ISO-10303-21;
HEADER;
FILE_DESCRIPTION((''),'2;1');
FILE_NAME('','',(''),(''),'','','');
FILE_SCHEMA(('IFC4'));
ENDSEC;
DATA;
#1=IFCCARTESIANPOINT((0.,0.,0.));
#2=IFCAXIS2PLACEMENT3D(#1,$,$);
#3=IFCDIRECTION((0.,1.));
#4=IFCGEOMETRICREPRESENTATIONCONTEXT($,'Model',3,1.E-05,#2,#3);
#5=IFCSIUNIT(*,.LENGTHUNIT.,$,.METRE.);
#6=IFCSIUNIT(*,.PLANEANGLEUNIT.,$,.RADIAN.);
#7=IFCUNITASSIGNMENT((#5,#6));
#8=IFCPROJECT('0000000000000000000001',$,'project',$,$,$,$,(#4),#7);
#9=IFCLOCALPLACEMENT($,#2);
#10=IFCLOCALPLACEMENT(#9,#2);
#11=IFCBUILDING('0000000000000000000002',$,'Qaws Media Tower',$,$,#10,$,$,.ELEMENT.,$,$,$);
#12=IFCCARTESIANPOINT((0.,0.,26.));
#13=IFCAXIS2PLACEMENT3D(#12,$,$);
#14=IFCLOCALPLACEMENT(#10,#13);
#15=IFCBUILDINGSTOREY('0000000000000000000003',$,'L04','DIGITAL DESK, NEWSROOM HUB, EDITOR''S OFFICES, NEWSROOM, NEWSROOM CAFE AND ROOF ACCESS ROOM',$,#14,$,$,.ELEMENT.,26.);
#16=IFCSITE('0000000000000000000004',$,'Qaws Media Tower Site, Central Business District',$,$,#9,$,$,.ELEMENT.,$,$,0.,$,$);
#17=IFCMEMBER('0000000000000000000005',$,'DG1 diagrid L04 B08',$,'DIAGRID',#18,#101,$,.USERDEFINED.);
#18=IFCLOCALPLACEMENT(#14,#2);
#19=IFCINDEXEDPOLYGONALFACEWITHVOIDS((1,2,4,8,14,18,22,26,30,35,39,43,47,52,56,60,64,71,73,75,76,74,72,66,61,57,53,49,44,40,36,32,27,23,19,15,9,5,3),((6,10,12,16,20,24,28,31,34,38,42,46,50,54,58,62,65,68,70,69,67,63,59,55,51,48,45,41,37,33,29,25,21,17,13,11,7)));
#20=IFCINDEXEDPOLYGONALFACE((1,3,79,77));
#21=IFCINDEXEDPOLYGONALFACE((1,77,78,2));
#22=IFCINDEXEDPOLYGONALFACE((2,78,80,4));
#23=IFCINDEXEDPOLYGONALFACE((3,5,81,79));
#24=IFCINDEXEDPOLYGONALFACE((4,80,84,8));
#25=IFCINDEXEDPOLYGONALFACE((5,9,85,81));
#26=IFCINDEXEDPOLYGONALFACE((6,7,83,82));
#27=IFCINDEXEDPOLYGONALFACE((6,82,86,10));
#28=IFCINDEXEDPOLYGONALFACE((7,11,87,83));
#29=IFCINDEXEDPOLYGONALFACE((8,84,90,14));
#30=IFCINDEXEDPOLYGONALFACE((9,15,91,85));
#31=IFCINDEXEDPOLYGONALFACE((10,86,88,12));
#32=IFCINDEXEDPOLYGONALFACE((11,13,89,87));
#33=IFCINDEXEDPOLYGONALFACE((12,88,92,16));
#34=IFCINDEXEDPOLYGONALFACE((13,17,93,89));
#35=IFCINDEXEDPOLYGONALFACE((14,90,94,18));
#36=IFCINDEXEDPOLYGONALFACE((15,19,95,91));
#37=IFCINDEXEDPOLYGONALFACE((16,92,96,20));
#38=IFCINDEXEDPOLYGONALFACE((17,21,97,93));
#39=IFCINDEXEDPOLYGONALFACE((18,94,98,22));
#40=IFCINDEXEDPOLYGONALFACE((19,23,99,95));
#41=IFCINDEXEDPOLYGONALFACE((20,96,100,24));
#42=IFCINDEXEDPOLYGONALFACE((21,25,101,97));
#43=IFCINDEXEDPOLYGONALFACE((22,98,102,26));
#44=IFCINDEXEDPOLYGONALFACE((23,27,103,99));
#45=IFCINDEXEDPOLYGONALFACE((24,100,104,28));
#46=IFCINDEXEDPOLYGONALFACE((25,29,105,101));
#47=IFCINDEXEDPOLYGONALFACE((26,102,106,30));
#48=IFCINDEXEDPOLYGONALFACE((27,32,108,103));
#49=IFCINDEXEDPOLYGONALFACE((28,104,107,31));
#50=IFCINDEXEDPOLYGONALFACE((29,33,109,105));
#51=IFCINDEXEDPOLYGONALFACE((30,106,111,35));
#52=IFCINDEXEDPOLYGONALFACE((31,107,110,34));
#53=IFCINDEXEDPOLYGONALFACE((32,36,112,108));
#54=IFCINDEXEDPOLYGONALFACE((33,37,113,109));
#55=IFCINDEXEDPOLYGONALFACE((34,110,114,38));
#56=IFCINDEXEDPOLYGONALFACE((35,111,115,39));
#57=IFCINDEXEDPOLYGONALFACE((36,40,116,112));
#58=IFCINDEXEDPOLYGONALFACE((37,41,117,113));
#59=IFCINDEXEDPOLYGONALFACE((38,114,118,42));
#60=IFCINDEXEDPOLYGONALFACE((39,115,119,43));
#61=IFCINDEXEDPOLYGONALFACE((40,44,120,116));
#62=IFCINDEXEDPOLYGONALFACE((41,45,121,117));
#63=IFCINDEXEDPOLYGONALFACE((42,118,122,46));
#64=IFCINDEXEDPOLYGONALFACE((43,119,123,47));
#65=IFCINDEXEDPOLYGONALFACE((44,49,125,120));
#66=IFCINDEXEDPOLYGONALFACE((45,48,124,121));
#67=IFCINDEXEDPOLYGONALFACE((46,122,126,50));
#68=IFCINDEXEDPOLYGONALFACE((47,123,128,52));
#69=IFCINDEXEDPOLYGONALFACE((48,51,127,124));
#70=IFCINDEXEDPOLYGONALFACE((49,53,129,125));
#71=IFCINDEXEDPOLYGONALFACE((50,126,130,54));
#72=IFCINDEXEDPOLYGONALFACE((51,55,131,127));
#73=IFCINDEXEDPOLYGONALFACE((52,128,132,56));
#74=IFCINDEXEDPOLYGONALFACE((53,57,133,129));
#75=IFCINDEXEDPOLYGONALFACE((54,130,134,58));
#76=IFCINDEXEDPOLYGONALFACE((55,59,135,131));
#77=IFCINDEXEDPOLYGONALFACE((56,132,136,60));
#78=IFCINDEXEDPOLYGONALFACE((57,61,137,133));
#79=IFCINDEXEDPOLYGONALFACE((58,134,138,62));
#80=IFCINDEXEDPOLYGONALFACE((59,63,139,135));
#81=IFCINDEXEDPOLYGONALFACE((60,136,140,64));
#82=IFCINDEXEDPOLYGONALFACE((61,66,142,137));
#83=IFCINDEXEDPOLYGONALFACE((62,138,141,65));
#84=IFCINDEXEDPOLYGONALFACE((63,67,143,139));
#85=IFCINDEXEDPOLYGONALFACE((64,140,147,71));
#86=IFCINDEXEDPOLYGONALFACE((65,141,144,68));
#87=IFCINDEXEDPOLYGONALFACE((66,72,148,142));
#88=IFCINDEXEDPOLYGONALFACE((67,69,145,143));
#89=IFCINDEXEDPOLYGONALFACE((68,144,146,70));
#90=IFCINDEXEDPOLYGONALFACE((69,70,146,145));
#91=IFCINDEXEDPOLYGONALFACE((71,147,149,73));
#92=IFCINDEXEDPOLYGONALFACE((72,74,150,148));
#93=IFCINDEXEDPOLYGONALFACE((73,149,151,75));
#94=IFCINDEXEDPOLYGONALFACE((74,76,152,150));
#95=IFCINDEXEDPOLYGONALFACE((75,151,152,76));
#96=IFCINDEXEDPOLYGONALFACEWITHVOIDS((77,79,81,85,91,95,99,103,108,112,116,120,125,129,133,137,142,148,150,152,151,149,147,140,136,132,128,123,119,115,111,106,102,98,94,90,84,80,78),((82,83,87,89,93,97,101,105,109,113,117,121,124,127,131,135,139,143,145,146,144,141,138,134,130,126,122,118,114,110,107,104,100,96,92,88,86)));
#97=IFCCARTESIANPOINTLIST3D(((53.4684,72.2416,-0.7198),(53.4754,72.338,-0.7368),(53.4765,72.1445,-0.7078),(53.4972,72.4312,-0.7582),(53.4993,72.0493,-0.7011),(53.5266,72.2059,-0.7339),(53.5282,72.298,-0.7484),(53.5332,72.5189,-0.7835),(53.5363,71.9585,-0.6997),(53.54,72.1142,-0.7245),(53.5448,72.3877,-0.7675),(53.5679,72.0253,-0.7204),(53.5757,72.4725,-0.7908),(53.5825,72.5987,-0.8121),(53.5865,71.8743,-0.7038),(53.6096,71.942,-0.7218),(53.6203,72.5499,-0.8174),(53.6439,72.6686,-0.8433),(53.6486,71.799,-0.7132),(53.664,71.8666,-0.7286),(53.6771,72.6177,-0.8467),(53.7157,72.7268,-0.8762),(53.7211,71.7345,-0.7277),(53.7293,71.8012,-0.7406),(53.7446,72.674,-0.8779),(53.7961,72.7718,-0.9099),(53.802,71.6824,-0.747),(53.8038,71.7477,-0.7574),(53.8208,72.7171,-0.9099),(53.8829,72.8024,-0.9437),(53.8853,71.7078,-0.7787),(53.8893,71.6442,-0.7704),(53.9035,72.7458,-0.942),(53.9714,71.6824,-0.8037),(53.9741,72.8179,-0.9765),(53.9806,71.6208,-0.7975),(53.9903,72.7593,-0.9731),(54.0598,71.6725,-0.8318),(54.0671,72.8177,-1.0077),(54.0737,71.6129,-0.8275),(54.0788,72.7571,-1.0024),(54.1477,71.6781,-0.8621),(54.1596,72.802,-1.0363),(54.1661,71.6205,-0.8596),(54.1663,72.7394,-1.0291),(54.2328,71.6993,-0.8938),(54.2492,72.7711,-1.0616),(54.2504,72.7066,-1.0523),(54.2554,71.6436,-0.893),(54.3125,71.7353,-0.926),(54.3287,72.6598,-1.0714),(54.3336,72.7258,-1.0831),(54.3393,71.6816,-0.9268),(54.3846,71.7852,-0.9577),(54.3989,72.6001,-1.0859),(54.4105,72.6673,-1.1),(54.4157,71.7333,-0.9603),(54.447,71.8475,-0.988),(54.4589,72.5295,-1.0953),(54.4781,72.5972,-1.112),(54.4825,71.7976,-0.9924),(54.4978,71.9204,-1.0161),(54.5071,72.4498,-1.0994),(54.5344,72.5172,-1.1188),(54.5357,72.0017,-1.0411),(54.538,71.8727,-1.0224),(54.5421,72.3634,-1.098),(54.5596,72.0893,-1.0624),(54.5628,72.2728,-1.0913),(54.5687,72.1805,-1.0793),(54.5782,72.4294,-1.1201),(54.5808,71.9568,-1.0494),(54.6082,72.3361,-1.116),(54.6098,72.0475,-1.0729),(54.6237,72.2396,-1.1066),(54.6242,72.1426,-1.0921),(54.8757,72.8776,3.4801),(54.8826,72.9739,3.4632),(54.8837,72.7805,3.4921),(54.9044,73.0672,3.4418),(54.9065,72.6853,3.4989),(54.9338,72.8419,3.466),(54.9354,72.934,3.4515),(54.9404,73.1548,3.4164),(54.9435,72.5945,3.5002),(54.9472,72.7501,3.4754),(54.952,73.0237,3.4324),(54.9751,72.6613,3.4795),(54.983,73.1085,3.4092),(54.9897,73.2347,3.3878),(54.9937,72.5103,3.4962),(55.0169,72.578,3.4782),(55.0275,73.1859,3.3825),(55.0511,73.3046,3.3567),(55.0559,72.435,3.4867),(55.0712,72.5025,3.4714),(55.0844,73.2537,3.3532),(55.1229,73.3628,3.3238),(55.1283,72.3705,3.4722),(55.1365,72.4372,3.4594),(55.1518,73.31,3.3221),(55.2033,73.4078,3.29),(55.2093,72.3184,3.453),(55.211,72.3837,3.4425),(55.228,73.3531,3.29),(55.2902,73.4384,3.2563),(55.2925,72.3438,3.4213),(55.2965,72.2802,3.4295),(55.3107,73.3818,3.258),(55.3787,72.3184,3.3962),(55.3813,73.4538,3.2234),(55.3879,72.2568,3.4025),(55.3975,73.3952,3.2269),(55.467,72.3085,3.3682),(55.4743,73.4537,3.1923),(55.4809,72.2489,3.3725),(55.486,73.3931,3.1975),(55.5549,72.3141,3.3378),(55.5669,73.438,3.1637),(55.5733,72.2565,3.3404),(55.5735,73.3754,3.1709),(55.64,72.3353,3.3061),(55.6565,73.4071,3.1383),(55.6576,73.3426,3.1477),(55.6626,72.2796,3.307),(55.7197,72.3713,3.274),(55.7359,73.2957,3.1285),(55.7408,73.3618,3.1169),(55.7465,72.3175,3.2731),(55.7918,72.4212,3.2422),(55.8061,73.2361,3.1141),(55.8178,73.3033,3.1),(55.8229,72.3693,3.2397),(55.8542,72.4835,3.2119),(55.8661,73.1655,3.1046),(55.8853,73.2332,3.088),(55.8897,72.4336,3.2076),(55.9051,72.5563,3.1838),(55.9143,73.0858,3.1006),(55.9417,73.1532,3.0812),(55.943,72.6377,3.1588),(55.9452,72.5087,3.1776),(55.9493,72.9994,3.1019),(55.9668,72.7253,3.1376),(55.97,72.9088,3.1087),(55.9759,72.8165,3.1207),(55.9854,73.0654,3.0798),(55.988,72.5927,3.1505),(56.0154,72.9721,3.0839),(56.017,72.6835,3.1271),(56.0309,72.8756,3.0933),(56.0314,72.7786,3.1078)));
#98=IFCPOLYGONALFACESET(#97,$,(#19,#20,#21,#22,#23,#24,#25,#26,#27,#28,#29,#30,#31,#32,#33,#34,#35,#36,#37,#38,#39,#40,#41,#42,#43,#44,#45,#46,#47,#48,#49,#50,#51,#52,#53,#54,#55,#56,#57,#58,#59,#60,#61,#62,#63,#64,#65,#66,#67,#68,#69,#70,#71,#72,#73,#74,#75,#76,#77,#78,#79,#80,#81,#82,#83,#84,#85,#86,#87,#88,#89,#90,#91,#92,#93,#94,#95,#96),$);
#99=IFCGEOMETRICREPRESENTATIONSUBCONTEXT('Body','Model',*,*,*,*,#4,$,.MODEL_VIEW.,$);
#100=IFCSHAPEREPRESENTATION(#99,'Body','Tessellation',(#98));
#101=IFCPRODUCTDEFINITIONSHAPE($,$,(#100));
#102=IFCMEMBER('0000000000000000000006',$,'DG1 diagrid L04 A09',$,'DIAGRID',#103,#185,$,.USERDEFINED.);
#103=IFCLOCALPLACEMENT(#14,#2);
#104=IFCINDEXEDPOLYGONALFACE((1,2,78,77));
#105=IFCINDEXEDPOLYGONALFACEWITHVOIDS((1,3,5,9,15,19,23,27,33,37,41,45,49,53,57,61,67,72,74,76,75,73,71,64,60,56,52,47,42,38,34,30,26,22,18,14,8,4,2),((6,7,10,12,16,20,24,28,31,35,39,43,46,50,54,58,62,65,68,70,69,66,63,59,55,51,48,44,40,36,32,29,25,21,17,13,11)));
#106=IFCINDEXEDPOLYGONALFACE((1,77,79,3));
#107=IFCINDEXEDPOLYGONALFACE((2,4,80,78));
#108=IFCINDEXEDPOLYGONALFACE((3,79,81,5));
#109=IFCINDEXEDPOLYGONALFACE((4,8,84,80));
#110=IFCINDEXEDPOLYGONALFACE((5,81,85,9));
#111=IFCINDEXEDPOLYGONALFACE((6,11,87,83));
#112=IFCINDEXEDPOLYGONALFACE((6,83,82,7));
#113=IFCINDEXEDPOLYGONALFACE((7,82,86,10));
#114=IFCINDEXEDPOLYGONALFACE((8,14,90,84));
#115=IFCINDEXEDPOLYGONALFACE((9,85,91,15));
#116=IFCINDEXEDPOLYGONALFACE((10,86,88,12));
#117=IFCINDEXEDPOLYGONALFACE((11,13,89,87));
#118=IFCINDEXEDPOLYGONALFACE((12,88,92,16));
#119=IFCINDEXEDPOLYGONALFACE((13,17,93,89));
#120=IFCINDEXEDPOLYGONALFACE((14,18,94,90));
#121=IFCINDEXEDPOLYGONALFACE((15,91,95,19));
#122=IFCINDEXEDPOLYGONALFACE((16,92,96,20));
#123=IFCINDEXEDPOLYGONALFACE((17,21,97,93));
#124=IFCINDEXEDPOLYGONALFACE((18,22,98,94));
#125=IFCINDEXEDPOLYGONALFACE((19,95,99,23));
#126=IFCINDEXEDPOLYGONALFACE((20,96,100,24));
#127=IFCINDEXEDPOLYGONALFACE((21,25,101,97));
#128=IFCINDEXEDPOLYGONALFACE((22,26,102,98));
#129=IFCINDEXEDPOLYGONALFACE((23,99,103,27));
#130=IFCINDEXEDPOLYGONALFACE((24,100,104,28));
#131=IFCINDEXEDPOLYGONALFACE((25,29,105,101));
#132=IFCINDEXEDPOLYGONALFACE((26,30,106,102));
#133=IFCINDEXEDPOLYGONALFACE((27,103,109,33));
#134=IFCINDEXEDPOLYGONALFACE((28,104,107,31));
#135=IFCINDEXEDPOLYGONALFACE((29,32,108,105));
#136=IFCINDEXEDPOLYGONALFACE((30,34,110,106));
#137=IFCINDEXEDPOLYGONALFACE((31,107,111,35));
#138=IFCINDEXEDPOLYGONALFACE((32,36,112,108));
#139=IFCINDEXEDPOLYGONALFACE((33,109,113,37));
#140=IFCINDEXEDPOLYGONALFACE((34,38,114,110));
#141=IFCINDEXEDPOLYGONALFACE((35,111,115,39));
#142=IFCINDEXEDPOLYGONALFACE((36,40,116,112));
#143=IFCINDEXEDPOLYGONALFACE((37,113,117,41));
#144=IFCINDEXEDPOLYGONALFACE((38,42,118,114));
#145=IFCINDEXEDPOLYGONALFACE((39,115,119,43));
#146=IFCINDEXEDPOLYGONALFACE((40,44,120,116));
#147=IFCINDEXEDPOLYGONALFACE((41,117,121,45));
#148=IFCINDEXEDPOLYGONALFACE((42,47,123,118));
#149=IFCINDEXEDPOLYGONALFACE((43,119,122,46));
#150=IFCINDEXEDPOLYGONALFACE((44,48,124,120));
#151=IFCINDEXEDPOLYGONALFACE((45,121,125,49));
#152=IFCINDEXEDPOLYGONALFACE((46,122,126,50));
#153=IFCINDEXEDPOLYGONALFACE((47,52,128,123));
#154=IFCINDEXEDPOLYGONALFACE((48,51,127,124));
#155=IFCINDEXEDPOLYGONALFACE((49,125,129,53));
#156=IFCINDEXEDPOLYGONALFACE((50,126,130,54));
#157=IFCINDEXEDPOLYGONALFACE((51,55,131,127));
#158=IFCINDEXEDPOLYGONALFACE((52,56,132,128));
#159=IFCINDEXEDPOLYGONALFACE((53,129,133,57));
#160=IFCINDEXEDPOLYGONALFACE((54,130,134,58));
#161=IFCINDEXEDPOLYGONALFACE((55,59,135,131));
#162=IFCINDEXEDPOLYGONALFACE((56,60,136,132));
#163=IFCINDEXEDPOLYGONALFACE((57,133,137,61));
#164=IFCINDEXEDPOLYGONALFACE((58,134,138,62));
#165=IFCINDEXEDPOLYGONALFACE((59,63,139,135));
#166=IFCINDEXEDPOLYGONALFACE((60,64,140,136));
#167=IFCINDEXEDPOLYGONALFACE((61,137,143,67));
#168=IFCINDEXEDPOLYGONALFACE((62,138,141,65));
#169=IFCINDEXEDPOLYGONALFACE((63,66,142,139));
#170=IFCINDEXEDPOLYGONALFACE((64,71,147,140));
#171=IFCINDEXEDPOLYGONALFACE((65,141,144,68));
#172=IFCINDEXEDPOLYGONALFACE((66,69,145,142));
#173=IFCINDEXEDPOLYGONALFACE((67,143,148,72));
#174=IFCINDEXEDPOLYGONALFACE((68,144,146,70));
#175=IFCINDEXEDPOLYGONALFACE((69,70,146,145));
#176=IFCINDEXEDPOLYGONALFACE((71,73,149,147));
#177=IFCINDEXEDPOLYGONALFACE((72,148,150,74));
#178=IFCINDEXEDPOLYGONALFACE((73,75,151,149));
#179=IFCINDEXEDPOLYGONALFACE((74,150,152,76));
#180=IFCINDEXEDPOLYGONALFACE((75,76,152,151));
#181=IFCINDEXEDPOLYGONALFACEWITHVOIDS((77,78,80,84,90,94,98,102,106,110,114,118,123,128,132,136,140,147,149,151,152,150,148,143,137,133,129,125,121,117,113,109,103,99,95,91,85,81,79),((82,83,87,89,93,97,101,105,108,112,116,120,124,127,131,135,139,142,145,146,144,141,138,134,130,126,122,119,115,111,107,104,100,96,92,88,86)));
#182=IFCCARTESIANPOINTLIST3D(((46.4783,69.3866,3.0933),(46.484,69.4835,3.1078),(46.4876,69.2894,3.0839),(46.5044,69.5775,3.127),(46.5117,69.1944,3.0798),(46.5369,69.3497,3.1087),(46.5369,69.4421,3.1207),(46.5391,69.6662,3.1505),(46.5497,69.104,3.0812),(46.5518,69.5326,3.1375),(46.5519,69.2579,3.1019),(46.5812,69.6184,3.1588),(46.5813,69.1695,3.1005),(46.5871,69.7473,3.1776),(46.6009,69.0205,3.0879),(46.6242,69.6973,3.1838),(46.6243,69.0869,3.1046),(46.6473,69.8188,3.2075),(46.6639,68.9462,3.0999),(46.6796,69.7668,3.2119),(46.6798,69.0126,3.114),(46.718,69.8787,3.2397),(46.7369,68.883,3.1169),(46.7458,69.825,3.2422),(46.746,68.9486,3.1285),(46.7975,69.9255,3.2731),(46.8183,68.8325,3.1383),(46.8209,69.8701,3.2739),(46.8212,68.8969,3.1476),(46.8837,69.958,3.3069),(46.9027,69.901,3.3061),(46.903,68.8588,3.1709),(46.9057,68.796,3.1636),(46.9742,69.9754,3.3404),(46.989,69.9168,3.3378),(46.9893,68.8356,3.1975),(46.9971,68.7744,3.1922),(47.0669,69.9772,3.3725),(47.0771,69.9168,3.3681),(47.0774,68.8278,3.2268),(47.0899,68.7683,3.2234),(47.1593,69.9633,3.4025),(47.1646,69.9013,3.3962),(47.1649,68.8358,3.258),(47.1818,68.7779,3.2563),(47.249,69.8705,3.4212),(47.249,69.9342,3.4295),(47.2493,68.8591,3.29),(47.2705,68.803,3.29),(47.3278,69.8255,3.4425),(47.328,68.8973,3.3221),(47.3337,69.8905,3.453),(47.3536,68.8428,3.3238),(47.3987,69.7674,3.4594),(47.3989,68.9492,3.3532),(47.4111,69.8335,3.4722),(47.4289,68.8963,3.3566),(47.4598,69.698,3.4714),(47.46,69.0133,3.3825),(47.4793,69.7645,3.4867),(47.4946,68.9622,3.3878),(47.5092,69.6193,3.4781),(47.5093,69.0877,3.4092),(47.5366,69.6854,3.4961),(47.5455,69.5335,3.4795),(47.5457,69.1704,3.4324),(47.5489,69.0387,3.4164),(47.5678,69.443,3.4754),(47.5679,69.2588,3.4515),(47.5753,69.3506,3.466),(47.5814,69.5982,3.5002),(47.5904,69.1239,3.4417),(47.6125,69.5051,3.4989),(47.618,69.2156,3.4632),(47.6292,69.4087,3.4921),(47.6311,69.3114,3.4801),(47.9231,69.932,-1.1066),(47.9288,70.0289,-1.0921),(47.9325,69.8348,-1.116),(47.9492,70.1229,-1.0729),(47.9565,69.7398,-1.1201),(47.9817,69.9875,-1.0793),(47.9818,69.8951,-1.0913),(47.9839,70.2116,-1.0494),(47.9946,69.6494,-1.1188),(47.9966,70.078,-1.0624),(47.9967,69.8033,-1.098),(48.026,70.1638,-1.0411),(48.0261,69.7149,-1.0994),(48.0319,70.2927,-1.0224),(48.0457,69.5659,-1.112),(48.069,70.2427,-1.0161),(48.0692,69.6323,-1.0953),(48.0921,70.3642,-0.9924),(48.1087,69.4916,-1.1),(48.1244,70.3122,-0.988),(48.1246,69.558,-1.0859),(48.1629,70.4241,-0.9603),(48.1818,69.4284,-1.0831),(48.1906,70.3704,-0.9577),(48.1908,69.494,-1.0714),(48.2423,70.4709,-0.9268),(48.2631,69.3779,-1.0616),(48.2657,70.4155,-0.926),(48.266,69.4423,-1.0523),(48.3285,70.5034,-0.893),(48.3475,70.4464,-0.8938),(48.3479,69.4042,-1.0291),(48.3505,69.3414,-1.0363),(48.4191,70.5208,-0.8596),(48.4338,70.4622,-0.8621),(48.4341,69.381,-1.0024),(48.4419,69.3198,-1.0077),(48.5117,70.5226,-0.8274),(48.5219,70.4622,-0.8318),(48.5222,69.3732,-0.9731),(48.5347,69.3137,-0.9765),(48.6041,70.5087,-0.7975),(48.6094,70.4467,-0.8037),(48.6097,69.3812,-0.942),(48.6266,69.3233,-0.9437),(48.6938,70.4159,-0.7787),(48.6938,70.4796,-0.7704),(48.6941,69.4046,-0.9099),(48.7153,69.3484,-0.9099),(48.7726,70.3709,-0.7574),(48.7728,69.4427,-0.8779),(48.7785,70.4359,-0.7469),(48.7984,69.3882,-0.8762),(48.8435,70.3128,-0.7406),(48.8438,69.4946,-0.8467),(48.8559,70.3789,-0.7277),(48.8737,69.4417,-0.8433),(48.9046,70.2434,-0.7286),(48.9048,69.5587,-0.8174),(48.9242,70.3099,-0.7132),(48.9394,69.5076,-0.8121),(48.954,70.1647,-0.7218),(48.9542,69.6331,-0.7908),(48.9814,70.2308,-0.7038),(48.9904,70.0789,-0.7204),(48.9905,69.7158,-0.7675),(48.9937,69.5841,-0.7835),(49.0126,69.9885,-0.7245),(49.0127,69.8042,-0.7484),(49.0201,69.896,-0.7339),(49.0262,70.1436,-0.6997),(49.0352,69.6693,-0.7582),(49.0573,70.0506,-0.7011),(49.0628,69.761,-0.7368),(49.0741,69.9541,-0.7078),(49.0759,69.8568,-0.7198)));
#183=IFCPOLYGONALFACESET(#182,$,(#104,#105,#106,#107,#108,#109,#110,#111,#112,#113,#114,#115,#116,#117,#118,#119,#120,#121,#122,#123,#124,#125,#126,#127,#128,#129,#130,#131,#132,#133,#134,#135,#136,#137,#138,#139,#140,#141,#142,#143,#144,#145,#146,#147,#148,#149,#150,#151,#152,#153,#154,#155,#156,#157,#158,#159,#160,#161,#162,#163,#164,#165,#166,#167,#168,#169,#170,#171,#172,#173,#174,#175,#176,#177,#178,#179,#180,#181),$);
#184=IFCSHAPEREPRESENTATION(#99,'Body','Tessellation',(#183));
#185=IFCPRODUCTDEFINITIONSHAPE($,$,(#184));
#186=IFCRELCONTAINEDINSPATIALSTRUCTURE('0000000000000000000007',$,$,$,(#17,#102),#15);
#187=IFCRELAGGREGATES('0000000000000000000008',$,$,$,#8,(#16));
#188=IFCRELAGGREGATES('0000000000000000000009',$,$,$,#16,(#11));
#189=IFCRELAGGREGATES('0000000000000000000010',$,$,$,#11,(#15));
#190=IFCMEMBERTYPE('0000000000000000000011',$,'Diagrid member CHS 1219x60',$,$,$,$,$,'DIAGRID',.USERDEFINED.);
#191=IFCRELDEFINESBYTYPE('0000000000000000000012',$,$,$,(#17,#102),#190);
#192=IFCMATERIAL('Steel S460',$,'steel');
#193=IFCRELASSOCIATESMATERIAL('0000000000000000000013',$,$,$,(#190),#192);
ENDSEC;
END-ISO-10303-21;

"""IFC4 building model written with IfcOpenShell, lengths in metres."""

from ifc_helpers import new_model, si_unit, direction, frame, origin, origin_2d, place, context, subcontext, project, spatial, hollow_circle, extrude, material, material_profile, profile_set, type_object, element, save


model = new_model("IFC4")

# Units and contexts
model_context = context("Model", 3, precision=1e-05, world=origin(), true_north=direction((0.0, 1.0)))
body_context = subcontext(model_context, "Body", "Model", "MODEL_VIEW")
ifc_project = project(units=[si_unit("LENGTHUNIT", "METRE"), si_unit("PLANEANGLEUNIT", "RADIAN")], contexts=[model_context])

# Site, building, storey
site_placement = place(None, origin())
site = spatial("IfcSite", under=ifc_project, at=site_placement, Name="Qaws Media Tower Site, Central Business District", CompositionType="ELEMENT", RefElevation=0.0)
building_placement = place(site_placement, origin())
building = spatial("IfcBuilding", under=site, at=building_placement, Name="Qaws Media Tower", CompositionType="ELEMENT")
storey_placement = place(building_placement, frame((0.0, 0.0, 26.0)))
storey = spatial("IfcBuildingStorey", under=building, at=storey_placement, Name="L04", Description="DIGITAL DESK, NEWSROOM HUB, EDITOR'S OFFICES, NEWSROOM, NEWSROOM CAFE AND ROOF ACCESS ROOM", CompositionType="ELEMENT", Elevation=26.0)

# Members
ifc_material_1 = material(Name="Steel S460", Category="steel")
ifc_material_profile_1 = material_profile(ifc_material_1, hollow_circle(Radius=0.6096, WallThickness=0.0601, at=origin_2d()), Name="CHS 1219x60")
ifc_profile_set_1 = profile_set([ifc_material_profile_1], Name="Steel S460")
member_type_1 = type_object("IfcMemberType", Name="Diagrid member CHS 1219x60", ElementType="DIAGRID", PredefinedType="USERDEFINED", material=ifc_profile_set_1)
for number, where, z_axis, x_axis, name in (
    (1, (54.0471, 72.2163, -0.9099), (0.314474, 0.142124, 0.938566), (-0.411837, 0.911258, 0.0), "DG1 diagrid L04 B08"),
    (2, (48.5, 69.9187, -0.9099), (-0.322874, -0.121883, 0.938561), (0.353167, -0.93556, 0.0), "DG1 diagrid L04 A09"),
):
    element("IfcMember", number, at=place(storey_placement, frame(where, z_axis=z_axis, x_axis=x_axis)), inside=storey, type_object=member_type_1, Name=name, ObjectType="DIAGRID", PredefinedType="USERDEFINED", context=body_context, shape_type="SweptSolid", body=[
        extrude(hollow_circle(Radius=0.6096, WallThickness=0.0601, at=origin_2d()), origin(), (0.0, 0.0, 1.0), 4.4749),
    ])

save(model, "model.ifc")
